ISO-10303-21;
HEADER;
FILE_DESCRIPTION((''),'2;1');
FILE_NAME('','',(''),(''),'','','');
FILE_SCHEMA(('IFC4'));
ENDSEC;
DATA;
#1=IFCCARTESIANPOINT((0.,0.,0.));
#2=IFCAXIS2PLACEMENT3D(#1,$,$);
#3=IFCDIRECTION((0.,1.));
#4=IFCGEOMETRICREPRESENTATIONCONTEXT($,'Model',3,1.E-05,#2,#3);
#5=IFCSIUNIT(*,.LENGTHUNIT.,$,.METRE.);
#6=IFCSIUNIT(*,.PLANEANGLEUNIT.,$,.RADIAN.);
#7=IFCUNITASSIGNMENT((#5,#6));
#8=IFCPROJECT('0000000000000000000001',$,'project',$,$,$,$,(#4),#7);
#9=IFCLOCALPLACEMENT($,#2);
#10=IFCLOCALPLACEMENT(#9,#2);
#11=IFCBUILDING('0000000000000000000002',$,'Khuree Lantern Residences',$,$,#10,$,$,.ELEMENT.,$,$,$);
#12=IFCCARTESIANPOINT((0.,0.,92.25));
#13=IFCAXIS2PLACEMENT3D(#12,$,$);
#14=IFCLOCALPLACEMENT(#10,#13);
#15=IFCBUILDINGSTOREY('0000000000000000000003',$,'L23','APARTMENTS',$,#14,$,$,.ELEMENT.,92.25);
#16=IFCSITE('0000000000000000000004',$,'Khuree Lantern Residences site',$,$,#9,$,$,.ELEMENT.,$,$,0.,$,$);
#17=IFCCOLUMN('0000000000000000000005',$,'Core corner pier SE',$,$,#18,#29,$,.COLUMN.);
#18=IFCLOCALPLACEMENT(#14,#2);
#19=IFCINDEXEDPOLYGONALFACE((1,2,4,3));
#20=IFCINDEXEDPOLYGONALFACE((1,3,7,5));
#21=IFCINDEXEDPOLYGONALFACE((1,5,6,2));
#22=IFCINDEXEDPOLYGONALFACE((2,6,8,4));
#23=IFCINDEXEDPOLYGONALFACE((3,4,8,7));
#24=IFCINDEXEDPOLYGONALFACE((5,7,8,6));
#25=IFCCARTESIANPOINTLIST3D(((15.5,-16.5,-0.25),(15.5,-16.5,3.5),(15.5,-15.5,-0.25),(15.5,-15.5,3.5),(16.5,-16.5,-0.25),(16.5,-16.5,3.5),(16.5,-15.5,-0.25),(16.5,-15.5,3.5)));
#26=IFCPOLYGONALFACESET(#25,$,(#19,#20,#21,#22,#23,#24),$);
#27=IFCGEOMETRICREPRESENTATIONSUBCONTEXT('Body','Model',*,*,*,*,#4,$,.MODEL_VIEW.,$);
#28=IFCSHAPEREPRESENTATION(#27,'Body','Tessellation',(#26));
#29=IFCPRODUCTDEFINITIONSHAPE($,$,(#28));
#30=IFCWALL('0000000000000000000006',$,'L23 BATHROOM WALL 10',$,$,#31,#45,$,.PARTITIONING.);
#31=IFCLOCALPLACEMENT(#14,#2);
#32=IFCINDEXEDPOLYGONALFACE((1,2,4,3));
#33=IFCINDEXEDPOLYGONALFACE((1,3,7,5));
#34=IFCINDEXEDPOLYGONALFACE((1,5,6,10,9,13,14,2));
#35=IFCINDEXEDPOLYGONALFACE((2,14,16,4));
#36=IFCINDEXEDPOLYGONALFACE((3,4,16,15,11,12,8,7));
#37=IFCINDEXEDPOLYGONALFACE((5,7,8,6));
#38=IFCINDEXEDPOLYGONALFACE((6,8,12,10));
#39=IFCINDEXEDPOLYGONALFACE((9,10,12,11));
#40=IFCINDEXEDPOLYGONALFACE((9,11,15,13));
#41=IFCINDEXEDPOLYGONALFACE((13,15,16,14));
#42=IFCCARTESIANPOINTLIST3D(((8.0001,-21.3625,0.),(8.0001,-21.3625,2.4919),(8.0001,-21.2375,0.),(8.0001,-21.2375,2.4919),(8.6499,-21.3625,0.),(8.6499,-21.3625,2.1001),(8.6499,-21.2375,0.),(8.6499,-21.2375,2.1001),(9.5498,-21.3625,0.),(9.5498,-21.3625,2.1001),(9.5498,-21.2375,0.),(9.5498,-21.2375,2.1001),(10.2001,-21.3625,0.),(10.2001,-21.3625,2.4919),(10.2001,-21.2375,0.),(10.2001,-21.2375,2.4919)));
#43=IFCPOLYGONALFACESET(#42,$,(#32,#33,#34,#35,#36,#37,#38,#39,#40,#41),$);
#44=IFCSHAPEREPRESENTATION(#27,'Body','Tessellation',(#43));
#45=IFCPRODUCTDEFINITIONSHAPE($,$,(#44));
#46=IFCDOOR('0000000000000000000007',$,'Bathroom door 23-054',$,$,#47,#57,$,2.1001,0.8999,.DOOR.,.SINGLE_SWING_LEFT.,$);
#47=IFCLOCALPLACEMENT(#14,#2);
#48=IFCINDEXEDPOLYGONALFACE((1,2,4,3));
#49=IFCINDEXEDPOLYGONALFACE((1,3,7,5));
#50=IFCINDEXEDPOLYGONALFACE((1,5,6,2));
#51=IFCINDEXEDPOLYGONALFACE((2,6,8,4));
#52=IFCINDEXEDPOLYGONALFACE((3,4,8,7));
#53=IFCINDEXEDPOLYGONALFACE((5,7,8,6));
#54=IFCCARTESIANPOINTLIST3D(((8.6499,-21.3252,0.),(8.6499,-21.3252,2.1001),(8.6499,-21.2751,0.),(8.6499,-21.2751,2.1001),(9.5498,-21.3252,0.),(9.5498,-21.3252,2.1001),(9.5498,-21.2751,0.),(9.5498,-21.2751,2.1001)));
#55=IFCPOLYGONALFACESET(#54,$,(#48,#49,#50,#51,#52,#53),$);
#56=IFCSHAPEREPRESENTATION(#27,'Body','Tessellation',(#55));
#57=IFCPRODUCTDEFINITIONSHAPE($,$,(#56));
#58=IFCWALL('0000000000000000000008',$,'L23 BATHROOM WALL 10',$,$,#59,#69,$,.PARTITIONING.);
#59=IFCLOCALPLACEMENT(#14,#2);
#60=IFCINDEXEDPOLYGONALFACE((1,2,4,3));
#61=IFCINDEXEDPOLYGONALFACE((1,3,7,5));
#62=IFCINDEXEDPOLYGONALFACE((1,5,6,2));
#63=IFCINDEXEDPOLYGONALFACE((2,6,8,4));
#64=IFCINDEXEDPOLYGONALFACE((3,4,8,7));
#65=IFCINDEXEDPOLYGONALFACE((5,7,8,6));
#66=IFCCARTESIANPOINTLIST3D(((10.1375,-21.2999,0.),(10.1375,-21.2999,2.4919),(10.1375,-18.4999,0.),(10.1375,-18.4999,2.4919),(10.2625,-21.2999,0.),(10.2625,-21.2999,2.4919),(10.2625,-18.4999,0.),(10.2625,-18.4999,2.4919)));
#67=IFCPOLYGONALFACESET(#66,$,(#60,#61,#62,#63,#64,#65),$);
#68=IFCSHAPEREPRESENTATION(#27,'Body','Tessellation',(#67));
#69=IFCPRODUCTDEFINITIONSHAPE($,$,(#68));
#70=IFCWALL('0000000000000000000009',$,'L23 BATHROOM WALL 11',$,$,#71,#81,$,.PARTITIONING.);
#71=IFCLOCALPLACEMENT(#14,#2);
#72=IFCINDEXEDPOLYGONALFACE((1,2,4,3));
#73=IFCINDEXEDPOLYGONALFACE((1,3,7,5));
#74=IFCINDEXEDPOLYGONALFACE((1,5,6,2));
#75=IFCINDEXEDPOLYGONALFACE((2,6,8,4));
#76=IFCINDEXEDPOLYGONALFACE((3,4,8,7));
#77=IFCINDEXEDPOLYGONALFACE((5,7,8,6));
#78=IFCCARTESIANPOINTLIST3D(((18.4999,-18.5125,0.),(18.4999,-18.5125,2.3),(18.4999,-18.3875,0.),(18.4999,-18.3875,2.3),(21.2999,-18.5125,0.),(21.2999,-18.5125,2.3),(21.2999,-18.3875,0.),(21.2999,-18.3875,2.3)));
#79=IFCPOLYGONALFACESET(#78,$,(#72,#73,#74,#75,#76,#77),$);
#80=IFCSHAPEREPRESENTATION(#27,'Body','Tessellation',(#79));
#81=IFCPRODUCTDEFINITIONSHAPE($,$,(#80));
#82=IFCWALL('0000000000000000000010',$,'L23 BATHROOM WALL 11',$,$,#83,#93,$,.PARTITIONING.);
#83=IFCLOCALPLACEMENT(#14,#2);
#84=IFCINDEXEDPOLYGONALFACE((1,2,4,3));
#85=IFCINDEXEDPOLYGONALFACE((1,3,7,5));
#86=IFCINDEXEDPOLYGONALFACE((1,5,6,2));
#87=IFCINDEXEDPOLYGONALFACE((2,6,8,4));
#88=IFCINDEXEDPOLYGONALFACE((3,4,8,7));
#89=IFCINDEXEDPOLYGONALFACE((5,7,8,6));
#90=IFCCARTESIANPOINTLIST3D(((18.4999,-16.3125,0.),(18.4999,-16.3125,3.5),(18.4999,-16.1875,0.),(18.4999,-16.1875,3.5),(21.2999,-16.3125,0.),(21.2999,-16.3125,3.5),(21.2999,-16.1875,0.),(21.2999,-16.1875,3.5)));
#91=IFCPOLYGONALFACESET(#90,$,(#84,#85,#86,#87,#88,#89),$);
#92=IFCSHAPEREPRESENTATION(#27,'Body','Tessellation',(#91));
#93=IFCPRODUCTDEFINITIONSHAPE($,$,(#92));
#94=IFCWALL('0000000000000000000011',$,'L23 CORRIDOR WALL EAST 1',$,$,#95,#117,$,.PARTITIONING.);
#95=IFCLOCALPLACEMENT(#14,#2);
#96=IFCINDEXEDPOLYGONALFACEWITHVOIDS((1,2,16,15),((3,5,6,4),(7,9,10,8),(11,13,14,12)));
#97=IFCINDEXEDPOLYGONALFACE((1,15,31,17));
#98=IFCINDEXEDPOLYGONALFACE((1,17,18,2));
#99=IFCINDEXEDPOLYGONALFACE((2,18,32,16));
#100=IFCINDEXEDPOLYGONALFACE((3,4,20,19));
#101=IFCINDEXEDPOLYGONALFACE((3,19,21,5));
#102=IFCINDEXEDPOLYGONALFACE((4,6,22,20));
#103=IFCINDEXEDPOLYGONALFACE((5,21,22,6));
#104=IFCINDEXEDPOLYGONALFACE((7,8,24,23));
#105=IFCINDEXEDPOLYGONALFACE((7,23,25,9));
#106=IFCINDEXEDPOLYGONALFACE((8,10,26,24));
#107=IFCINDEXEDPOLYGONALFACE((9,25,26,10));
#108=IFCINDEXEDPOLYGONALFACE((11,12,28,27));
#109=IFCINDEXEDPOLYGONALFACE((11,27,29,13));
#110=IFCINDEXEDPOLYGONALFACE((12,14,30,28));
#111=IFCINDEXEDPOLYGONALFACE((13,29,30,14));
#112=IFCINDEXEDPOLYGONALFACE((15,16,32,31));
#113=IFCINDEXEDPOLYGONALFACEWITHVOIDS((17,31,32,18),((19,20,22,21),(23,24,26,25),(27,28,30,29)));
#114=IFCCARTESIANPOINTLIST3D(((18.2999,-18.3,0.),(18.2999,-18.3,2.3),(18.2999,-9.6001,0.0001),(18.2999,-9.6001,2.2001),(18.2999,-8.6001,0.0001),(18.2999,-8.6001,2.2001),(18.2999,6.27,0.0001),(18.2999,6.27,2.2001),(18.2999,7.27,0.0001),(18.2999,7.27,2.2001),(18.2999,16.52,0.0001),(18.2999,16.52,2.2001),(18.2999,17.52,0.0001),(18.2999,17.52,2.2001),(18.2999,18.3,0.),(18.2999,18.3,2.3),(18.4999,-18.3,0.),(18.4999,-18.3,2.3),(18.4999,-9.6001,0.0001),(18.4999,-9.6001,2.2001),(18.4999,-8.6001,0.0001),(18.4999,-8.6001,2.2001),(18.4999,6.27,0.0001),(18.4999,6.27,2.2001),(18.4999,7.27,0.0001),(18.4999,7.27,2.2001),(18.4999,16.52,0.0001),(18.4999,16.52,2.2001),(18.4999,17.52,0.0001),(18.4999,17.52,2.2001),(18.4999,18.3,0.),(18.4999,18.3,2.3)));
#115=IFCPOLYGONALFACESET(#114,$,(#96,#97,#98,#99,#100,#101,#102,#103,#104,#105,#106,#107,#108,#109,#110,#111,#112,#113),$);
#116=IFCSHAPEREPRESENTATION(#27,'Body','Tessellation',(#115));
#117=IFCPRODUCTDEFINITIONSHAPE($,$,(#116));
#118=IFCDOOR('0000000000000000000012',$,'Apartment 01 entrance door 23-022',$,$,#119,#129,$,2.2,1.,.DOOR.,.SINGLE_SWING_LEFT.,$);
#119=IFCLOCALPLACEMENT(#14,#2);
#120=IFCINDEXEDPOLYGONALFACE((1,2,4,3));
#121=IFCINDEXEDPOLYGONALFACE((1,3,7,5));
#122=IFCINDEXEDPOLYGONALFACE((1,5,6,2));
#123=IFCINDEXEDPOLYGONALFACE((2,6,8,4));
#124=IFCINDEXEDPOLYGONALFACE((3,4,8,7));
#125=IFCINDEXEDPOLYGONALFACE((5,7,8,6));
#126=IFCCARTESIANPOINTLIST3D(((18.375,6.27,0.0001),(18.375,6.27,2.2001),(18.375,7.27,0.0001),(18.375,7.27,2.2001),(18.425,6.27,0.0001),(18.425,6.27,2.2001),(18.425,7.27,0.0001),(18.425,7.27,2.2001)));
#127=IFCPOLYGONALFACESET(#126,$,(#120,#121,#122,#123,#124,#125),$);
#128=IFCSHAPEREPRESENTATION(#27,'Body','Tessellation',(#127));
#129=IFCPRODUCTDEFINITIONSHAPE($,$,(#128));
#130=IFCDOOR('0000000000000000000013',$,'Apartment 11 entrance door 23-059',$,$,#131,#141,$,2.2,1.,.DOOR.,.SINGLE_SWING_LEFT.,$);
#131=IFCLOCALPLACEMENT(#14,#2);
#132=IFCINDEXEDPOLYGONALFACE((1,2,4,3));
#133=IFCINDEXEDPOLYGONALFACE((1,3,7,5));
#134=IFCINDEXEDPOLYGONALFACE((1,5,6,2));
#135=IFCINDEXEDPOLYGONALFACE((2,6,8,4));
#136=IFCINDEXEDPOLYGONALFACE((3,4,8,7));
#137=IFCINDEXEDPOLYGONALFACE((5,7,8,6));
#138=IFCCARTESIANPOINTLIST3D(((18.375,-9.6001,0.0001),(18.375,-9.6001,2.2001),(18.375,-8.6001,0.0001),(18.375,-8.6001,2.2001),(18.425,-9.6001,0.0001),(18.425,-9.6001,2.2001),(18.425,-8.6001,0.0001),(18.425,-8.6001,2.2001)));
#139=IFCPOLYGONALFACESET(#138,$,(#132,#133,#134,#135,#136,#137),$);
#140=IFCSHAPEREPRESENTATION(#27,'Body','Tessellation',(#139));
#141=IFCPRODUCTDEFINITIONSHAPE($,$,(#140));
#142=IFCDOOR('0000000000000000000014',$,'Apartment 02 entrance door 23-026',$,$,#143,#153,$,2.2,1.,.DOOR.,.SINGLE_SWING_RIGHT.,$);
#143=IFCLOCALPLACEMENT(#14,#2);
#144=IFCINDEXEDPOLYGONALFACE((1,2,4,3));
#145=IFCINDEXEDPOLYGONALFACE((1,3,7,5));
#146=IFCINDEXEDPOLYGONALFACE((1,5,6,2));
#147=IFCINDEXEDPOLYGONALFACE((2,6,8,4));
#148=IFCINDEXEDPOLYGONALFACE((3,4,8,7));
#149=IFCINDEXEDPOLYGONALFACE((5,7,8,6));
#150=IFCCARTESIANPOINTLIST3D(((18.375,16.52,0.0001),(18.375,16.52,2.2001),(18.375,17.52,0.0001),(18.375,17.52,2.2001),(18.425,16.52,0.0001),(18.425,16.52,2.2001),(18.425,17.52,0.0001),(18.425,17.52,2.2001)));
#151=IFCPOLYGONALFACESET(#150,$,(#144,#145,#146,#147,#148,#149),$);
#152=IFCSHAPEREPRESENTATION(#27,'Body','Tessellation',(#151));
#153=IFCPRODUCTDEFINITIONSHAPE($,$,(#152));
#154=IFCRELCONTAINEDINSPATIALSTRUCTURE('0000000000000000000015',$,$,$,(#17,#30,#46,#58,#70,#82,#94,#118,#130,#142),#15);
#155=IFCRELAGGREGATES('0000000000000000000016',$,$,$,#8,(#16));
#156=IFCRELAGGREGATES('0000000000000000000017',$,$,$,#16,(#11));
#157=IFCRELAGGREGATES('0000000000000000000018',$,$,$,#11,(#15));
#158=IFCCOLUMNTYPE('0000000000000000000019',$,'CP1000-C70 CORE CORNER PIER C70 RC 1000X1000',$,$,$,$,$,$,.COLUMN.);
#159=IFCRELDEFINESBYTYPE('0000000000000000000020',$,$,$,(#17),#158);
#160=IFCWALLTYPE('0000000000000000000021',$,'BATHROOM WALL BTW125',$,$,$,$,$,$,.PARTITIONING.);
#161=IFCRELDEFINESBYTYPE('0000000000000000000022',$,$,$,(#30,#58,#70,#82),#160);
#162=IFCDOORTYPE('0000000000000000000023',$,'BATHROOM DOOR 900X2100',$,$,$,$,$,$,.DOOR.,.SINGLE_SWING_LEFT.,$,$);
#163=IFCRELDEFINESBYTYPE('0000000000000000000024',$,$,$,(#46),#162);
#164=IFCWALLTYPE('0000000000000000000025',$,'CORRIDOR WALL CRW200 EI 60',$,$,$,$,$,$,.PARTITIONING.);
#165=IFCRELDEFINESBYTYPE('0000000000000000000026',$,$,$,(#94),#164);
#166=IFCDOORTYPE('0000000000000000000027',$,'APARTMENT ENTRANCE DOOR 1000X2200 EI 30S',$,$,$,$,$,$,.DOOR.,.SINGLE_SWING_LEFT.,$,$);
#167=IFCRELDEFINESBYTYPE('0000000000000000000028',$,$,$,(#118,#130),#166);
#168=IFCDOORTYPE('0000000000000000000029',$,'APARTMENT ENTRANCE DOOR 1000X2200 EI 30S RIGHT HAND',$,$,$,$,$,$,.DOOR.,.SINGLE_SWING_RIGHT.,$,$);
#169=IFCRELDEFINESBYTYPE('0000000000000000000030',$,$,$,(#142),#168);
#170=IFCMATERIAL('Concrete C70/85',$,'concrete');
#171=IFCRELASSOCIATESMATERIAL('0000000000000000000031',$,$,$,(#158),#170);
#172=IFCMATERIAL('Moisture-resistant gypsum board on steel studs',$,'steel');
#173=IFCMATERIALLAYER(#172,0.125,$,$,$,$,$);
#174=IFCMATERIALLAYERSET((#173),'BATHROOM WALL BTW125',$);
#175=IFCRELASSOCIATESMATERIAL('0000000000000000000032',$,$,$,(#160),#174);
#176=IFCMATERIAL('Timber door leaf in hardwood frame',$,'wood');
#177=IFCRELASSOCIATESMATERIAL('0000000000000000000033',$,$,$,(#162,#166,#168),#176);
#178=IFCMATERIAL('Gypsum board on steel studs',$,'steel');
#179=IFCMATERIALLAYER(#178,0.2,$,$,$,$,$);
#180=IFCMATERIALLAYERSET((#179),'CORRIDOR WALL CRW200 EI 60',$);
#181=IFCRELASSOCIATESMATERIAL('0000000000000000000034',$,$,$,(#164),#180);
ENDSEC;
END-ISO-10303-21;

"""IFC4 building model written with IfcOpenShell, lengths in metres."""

from ifc_helpers import new_model, si_unit, direction, frame, frame_2d, origin, origin_2d, place, context, subcontext, project, spatial, rectangle, extrude, material, layer, layer_set, material_profile, profile_set, type_object, element, fill, save


model = new_model("IFC4")

# Units and contexts
model_context = context("Model", 3, precision=1e-05, world=origin(), true_north=direction((0.0, 1.0)))
body_context = subcontext(model_context, "Body", "Model", "MODEL_VIEW")
ifc_project = project(units=[si_unit("LENGTHUNIT", "METRE"), si_unit("PLANEANGLEUNIT", "RADIAN")], contexts=[model_context])

# Site, building, storey
site_placement = place(None, origin())
site = spatial("IfcSite", under=ifc_project, at=site_placement, Name="Khuree Lantern Residences site", CompositionType="ELEMENT", RefElevation=0.0)
building_placement = place(site_placement, origin())
building = spatial("IfcBuilding", under=site, at=building_placement, Name="Khuree Lantern Residences", CompositionType="ELEMENT")
storey_placement = place(building_placement, frame((0.0, 0.0, 92.25)))
storey = spatial("IfcBuildingStorey", under=building, at=storey_placement, Name="L23", Description="APARTMENTS", CompositionType="ELEMENT", Elevation=92.25)

# Column
ifc_material_1 = material(Name="Concrete C70/85", Category="concrete")
ifc_material_profile = material_profile(ifc_material_1, rectangle(XDim=1.0, YDim=1.0, at=origin_2d()), Name="RC 1000X1000")
ifc_profile_set = profile_set([ifc_material_profile], Name="Concrete C70/85")
column_type = type_object("IfcColumnType", Name="CP1000-C70 CORE CORNER PIER C70 RC 1000X1000", PredefinedType="COLUMN", material=ifc_profile_set)
column_placement = place(storey_placement, frame((16.0, -16.0, -0.25), z_axis=(0.0, 0.0, 1.0), x_axis=(1.0, 0.0, 0.0)))
element("IfcColumn", 1, at=column_placement, inside=storey, type_object=column_type, Name="Core corner pier SE", PredefinedType="COLUMN", context=body_context, shape_type="SweptSolid", body=[
    extrude(rectangle(XDim=1.0, YDim=1.0, at=origin_2d()), origin(), (0.0, 0.0, 1.0), 3.75),
])

# Wall, opening, door
ifc_material_2 = material(Name="Moisture-resistant gypsum board on steel studs", Category="steel")
ifc_layer_1 = layer(ifc_material_2, 0.125)
ifc_layer_set_1 = layer_set([ifc_layer_1], Name="BATHROOM WALL BTW125")
wall_type_1 = type_object("IfcWallType", Name="BATHROOM WALL BTW125", PredefinedType="PARTITIONING", material=ifc_layer_set_1)
wall_1_placement = place(storey_placement, frame((8.0, -21.3, 0.0), z_axis=(0.0, 0.0, 1.0), x_axis=(1.0, 0.0, 0.0)))
wall_1 = element("IfcWall", 2, at=wall_1_placement, inside=storey, type_object=wall_type_1, Name="L23 BATHROOM WALL 10", PredefinedType="PARTITIONING", context=body_context, shape_type="SweptSolid", body=[
    extrude(rectangle(XDim=2.2, YDim=0.125, at=frame_2d((1.1001, 0.0))), origin(), (0.0, 0.0, 1.0), 2.4919),
])
opening_1_placement = place(wall_1_placement, frame((0.6499, 0.0, 0.0)))
opening_1 = element("IfcOpeningElement", 3, at=opening_1_placement, cuts=wall_1, PredefinedType="OPENING", context=body_context, shape_type="SweptSolid", body=[
    extrude(rectangle(XDim=0.8999, YDim=2.1001, at=frame_2d((0.45, 1.05))), frame((0.0, 0.0725, 0.0), z_axis=(0.0, -1.0, 0.0), x_axis=(1.0, 0.0, 0.0)), (0.0, 0.0, 1.0), 0.145),
])
ifc_material_3 = material(Name="Timber door leaf in hardwood frame", Category="wood")
door_type_1 = type_object("IfcDoorType", Name="BATHROOM DOOR 900X2100", OperationType="SINGLE_SWING_LEFT", PredefinedType="DOOR", material=ifc_material_3)
door_1_placement = place(opening_1_placement, origin())
door_1 = element("IfcDoor", 4, at=door_1_placement, inside=storey, type_object=door_type_1, Name="Bathroom door 23-054", OperationType="SINGLE_SWING_LEFT", OverallHeight=2.1001, OverallWidth=0.8999, PredefinedType="DOOR", context=body_context, shape_type="SweptSolid", body=[
    extrude(rectangle(XDim=0.8999, YDim=2.1001, at=frame_2d((0.45, 1.05))), frame((0.0, 0.0249, 0.0), z_axis=(0.0, -1.0, 0.0), x_axis=(1.0, 0.0, 0.0)), (0.0, 0.0, 1.0), 0.05),
])
fill(opening_1, door_1)

# Walls
wall_2_placement = place(storey_placement, frame((10.2, -18.5, 0.0), z_axis=(0.0, 0.0, 1.0), x_axis=(0.0, -1.0, 0.0)))
element("IfcWall", 5, at=wall_2_placement, inside=storey, type_object=wall_type_1, Name="L23 BATHROOM WALL 10", PredefinedType="PARTITIONING", context=body_context, shape_type="SweptSolid", body=[
    extrude(rectangle(XDim=2.8, YDim=0.125, at=frame_2d((1.3999, 0.0))), origin(), (0.0, 0.0, 1.0), 2.4919),
])
wall_3_placement = place(storey_placement, frame((18.5, -18.45, 0.0), z_axis=(0.0, 0.0, 1.0), x_axis=(1.0, 0.0, 0.0)))
element("IfcWall", 6, at=wall_3_placement, inside=storey, type_object=wall_type_1, Name="L23 BATHROOM WALL 11", PredefinedType="PARTITIONING", context=body_context, shape_type="SweptSolid", body=[
    extrude(rectangle(XDim=2.8, YDim=0.125, at=frame_2d((1.3999, 0.0))), origin(), (0.0, 0.0, 1.0), 2.3),
])
wall_4_placement = place(storey_placement, frame((18.5, -16.25, 0.0), z_axis=(0.0, 0.0, 1.0), x_axis=(1.0, 0.0, 0.0)))
element("IfcWall", 7, at=wall_4_placement, inside=storey, type_object=wall_type_1, Name="L23 BATHROOM WALL 11", PredefinedType="PARTITIONING", context=body_context, shape_type="SweptSolid", body=[
    extrude(rectangle(XDim=2.8, YDim=0.125, at=frame_2d((1.3999, 0.0))), origin(), (0.0, 0.0, 1.0), 3.5),
])

# Wall, openings, doors
ifc_material_4 = material(Name="Gypsum board on steel studs", Category="steel")
ifc_layer_2 = layer(ifc_material_4, 0.2)
ifc_layer_set_2 = layer_set([ifc_layer_2], Name="CORRIDOR WALL CRW200 EI 60")
wall_type_2 = type_object("IfcWallType", Name="CORRIDOR WALL CRW200 EI 60", PredefinedType="PARTITIONING", material=ifc_layer_set_2)
wall_5_placement = place(storey_placement, frame((18.3999, -18.3, 0.0), z_axis=(0.0, 0.0, 1.0), x_axis=(0.0, 1.0, 0.0)))
wall_5 = element("IfcWall", 8, at=wall_5_placement, inside=storey, type_object=wall_type_2, Name="L23 CORRIDOR WALL EAST 1", PredefinedType="PARTITIONING", context=body_context, shape_type="SweptSolid", body=[
    extrude(rectangle(XDim=36.6001, YDim=0.2, at=frame_2d((18.3, 0.0))), origin(), (0.0, 0.0, 1.0), 2.3),
])
opening_2_placement = place(wall_5_placement, frame((24.5701, 0.0, 0.0)))
opening_2 = element("IfcOpeningElement", 9, at=opening_2_placement, cuts=wall_5, PredefinedType="OPENING", context=body_context, shape_type="SweptSolid", body=[
    extrude(rectangle(XDim=1.0, YDim=2.2, at=frame_2d((0.5, 1.1001))), frame((0.0, 0.1099, 0.0), z_axis=(0.0, -1.0, 0.0), x_axis=(1.0, 0.0, 0.0)), (0.0, 0.0, 1.0), 0.22),
])
opening_3_placement = place(wall_5_placement, frame((34.8201, 0.0, 0.0)))
opening_3 = element("IfcOpeningElement", 10, at=opening_3_placement, cuts=wall_5, PredefinedType="OPENING", context=body_context, shape_type="SweptSolid", body=[
    extrude(rectangle(XDim=1.0, YDim=2.2, at=frame_2d((0.5, 1.1001))), frame((0.0, 0.1099, 0.0), z_axis=(0.0, -1.0, 0.0), x_axis=(1.0, 0.0, 0.0)), (0.0, 0.0, 1.0), 0.22),
])
opening_4_placement = place(wall_5_placement, frame((8.7, 0.0, 0.0)))
opening_4 = element("IfcOpeningElement", 11, at=opening_4_placement, cuts=wall_5, PredefinedType="OPENING", context=body_context, shape_type="SweptSolid", body=[
    extrude(rectangle(XDim=1.0, YDim=2.2, at=frame_2d((0.5, 1.1001))), frame((0.0, 0.1099, 0.0), z_axis=(0.0, -1.0, 0.0), x_axis=(1.0, 0.0, 0.0)), (0.0, 0.0, 1.0), 0.22),
])
door_type_2 = type_object("IfcDoorType", Name="APARTMENT ENTRANCE DOOR 1000X2200 EI 30S", OperationType="SINGLE_SWING_LEFT", PredefinedType="DOOR", material=ifc_material_3)
door_2_placement = place(opening_2_placement, origin())
door_2 = element("IfcDoor", 12, at=door_2_placement, inside=storey, type_object=door_type_2, Name="Apartment 01 entrance door 23-022", OperationType="SINGLE_SWING_LEFT", OverallHeight=2.2, OverallWidth=1.0, PredefinedType="DOOR", context=body_context, shape_type="SweptSolid", body=[
    extrude(rectangle(XDim=1.0, YDim=2.2, at=frame_2d((0.5, 1.1001))), frame((0.0, 0.0249, 0.0), z_axis=(0.0, -1.0, 0.0), x_axis=(1.0, 0.0, 0.0)), (0.0, 0.0, 1.0), 0.05),
])
fill(opening_2, door_2)
door_3_placement = place(opening_4_placement, origin())
door_3 = element("IfcDoor", 13, at=door_3_placement, inside=storey, type_object=door_type_2, Name="Apartment 11 entrance door 23-059", OperationType="SINGLE_SWING_LEFT", OverallHeight=2.2, OverallWidth=1.0, PredefinedType="DOOR", context=body_context, shape_type="SweptSolid", body=[
    extrude(rectangle(XDim=1.0, YDim=2.2, at=frame_2d((0.5, 1.1001))), frame((0.0, 0.0249, 0.0), z_axis=(0.0, -1.0, 0.0), x_axis=(1.0, 0.0, 0.0)), (0.0, 0.0, 1.0), 0.05),
])
fill(opening_4, door_3)
door_type_3 = type_object("IfcDoorType", Name="APARTMENT ENTRANCE DOOR 1000X2200 EI 30S RIGHT HAND", OperationType="SINGLE_SWING_RIGHT", PredefinedType="DOOR", material=ifc_material_3)
door_4_placement = place(opening_3_placement, origin())
door_4 = element("IfcDoor", 14, at=door_4_placement, inside=storey, type_object=door_type_3, Name="Apartment 02 entrance door 23-026", OperationType="SINGLE_SWING_RIGHT", OverallHeight=2.2, OverallWidth=1.0, PredefinedType="DOOR", context=body_context, shape_type="SweptSolid", body=[
    extrude(rectangle(XDim=1.0, YDim=2.2, at=frame_2d((0.5, 1.1001))), frame((0.0, 0.0249, 0.0), z_axis=(0.0, -1.0, 0.0), x_axis=(1.0, 0.0, 0.0)), (0.0, 0.0, 1.0), 0.05),
])
fill(opening_3, door_4)

save(model, "model.ifc")
